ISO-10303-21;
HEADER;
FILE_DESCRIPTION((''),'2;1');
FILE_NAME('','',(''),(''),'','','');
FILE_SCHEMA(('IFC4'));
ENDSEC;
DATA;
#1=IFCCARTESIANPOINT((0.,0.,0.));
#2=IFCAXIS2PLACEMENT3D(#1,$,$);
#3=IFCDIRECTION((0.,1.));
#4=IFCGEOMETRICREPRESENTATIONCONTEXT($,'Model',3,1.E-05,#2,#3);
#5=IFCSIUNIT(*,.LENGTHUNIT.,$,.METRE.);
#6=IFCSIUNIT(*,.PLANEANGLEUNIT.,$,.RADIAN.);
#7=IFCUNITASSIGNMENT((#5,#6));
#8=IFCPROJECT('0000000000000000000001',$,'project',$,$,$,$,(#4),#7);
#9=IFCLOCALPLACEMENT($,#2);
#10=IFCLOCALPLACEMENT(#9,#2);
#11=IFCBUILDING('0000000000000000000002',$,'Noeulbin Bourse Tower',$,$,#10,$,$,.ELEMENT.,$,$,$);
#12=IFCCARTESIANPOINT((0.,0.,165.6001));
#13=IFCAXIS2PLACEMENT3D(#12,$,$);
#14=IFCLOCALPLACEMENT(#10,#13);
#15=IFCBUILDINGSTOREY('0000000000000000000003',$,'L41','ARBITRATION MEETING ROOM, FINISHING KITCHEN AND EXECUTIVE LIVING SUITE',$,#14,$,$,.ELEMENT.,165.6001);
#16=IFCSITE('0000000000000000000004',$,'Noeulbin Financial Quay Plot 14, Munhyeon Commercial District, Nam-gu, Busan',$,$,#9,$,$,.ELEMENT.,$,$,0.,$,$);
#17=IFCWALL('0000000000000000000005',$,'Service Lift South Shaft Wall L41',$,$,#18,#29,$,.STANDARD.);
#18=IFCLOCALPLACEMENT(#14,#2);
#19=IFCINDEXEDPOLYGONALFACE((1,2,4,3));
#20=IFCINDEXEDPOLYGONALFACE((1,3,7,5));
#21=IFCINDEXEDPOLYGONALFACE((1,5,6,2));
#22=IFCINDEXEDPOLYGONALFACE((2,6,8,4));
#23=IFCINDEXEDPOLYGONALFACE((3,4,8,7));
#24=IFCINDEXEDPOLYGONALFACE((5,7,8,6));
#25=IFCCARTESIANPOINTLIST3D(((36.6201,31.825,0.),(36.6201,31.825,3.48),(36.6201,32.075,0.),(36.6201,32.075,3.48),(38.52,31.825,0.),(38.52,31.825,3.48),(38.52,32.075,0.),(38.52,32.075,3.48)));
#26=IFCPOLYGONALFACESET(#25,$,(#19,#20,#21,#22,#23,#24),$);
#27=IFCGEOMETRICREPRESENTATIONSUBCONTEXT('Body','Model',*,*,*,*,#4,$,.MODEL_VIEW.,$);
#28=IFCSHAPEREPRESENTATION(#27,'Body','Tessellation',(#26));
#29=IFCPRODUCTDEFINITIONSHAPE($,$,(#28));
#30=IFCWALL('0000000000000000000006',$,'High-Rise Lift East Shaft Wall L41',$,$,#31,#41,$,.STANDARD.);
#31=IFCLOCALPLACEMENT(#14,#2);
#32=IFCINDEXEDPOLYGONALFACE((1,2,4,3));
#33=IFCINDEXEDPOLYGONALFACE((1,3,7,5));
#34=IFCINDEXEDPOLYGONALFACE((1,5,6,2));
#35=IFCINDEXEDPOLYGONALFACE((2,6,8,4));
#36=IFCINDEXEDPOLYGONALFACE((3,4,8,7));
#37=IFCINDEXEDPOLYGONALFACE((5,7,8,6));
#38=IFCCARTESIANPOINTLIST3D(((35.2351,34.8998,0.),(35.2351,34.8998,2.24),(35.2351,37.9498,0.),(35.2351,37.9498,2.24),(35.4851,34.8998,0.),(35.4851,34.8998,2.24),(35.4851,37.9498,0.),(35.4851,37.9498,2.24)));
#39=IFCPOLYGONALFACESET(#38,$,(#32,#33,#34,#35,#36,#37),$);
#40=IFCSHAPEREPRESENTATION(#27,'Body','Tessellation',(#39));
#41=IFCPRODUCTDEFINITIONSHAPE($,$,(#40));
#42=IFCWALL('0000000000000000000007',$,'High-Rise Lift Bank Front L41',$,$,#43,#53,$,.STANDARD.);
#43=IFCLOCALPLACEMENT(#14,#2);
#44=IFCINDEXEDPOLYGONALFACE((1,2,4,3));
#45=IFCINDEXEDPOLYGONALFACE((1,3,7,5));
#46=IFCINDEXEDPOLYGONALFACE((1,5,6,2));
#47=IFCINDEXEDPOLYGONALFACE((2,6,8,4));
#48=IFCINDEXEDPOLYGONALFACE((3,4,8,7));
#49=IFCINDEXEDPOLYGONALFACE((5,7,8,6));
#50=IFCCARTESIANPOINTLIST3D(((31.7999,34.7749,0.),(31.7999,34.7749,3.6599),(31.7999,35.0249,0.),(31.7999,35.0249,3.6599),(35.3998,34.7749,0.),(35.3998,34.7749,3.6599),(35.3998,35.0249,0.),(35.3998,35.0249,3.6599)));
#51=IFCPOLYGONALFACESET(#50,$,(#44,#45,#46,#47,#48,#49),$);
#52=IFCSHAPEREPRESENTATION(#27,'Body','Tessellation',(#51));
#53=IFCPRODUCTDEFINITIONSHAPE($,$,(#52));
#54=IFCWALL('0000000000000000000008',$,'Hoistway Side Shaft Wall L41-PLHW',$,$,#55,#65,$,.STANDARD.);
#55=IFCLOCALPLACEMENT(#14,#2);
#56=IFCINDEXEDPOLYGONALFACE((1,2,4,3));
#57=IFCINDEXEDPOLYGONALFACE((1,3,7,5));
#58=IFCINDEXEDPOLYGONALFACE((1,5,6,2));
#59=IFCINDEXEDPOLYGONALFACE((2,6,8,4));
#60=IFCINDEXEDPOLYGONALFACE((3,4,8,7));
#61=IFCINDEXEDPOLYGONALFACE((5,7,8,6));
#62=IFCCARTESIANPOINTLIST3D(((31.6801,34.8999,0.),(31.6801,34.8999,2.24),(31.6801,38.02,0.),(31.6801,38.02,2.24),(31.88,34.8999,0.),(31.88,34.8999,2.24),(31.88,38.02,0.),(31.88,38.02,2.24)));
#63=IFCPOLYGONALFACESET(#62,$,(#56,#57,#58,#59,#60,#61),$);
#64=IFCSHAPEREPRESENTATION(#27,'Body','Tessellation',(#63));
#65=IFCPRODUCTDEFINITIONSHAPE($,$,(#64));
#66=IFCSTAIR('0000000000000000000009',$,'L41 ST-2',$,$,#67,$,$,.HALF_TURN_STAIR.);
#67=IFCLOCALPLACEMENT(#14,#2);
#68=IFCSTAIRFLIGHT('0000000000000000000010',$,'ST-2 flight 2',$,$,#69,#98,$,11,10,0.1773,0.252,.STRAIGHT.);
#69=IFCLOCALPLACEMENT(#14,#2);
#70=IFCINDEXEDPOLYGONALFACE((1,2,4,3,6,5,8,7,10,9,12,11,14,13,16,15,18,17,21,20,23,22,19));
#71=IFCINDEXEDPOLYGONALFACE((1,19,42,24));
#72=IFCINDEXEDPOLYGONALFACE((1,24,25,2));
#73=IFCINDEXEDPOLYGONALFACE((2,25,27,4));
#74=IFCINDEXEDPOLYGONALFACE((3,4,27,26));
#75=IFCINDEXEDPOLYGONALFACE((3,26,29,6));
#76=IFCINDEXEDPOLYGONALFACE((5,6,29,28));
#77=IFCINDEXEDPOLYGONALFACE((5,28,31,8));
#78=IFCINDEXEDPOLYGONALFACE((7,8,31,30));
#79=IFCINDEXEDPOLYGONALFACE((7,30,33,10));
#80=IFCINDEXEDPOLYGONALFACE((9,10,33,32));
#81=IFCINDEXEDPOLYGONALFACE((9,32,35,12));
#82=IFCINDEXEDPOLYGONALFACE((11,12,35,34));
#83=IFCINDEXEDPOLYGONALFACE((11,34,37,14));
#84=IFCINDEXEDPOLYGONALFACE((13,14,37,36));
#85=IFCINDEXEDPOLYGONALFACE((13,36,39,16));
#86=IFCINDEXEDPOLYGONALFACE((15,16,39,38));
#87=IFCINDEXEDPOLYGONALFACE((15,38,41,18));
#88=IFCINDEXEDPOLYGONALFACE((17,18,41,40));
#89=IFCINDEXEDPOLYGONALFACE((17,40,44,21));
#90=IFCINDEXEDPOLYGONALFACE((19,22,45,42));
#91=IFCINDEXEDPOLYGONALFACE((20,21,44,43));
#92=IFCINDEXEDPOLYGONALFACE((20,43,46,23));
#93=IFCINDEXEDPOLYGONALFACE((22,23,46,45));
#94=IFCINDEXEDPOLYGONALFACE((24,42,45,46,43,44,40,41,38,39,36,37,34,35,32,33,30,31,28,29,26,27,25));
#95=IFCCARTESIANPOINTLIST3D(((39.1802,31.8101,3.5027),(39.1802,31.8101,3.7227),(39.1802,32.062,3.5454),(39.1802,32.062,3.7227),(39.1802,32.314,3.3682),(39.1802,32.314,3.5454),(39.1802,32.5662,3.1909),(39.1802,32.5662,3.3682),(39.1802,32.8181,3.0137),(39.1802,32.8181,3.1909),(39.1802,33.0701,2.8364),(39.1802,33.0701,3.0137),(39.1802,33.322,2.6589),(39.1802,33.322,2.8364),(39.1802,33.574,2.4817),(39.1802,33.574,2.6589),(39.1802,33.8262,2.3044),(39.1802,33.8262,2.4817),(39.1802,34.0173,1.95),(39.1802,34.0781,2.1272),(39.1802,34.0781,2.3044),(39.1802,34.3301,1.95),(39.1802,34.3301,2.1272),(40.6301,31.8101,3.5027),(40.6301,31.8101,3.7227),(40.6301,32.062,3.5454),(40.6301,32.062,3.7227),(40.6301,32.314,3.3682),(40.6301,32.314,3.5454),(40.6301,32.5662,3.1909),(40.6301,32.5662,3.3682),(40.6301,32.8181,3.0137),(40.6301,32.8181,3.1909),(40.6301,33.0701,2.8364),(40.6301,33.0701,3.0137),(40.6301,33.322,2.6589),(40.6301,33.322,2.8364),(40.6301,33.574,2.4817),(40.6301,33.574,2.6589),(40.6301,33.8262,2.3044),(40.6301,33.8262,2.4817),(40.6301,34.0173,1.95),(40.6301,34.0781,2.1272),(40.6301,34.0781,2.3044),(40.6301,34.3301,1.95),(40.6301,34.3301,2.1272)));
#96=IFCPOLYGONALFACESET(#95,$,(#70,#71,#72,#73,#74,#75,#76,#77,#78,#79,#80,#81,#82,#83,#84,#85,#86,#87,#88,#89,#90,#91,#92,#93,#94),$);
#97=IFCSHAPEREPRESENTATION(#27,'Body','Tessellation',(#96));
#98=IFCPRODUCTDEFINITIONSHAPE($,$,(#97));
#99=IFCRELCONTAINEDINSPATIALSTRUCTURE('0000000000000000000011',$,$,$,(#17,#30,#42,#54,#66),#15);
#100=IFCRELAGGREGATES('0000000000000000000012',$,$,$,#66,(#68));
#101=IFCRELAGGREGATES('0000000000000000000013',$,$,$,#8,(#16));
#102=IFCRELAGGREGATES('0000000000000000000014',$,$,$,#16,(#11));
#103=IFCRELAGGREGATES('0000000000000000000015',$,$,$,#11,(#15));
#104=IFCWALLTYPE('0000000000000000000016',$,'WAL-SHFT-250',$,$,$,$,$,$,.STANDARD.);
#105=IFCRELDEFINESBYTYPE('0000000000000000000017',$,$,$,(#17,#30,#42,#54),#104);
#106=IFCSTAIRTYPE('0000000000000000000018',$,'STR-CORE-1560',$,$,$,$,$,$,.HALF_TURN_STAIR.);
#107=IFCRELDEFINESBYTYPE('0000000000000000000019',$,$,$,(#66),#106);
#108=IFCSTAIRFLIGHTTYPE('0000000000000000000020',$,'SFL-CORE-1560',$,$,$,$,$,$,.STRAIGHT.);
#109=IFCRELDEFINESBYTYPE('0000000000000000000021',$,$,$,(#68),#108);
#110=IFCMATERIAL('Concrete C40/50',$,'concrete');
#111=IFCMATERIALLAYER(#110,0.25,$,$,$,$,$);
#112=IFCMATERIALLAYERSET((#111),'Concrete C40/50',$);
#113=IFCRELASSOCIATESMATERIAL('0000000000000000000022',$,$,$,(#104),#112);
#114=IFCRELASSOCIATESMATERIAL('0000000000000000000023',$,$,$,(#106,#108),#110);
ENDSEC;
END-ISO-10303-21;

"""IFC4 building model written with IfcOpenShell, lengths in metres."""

from ifc_helpers import new_model, si_unit, direction, frame, frame_2d, origin, place, context, subcontext, project, spatial, polyline, rectangle, outline, extrude, material, layer, layer_set, type_object, element, aggregate, save


model = new_model("IFC4")

# Units and contexts
model_context = context("Model", 3, precision=1e-05, world=origin(), true_north=direction((0.0, 1.0)))
body_context = subcontext(model_context, "Body", "Model", "MODEL_VIEW")
ifc_project = project(units=[si_unit("LENGTHUNIT", "METRE"), si_unit("PLANEANGLEUNIT", "RADIAN")], contexts=[model_context])

# Site, building, storey
site_placement = place(None, origin())
site = spatial("IfcSite", under=ifc_project, at=site_placement, Name="Noeulbin Financial Quay Plot 14, Munhyeon Commercial District, Nam-gu, Busan", CompositionType="ELEMENT", RefElevation=0.0)
building_placement = place(site_placement, origin())
building = spatial("IfcBuilding", under=site, at=building_placement, Name="Noeulbin Bourse Tower", CompositionType="ELEMENT")
storey_placement = place(building_placement, frame((0.0, 0.0, 165.6001)))
storey = spatial("IfcBuildingStorey", under=building, at=storey_placement, Name="L41", Description="ARBITRATION MEETING ROOM, FINISHING KITCHEN AND EXECUTIVE LIVING SUITE", CompositionType="ELEMENT", Elevation=165.6001)

# Shared definitions
ifc_material_1 = material(Name="Concrete C40/50", Category="concrete")

# Shared definitions
ifc_layer_1 = layer(ifc_material_1, 0.25)
ifc_layer_set_1 = layer_set([ifc_layer_1], Name="Concrete C40/50")
wall_type_1 = type_object("IfcWallType", Name="WAL-SHFT-250", PredefinedType="STANDARD", material=ifc_layer_set_1)

# Walls
wall_1_placement = place(storey_placement, frame((36.6201, 31.95, 0.0), z_axis=(0.0, 0.0, 1.0), x_axis=(1.0, 0.0, 0.0)))
element("IfcWall", 1, at=wall_1_placement, inside=storey, type_object=wall_type_1, Name="Service Lift South Shaft Wall L41", PredefinedType="STANDARD", context=body_context, shape_type="SweptSolid", body=[
    extrude(rectangle(XDim=1.8999, YDim=0.25, at=frame_2d((0.95, 0.0))), origin(), (0.0, 0.0, 1.0), 3.48),
])
wall_2_placement = place(storey_placement, frame((35.3601, 34.8999, 0.0), z_axis=(0.0, 0.0, 1.0), x_axis=(0.0, 1.0, 0.0)))
element("IfcWall", 2, at=wall_2_placement, inside=storey, type_object=wall_type_1, Name="High-Rise Lift East Shaft Wall L41", PredefinedType="STANDARD", context=body_context, shape_type="SweptSolid", body=[
    extrude(rectangle(XDim=3.05, YDim=0.25, at=frame_2d((1.5249, 0.0))), origin(), (0.0, 0.0, 1.0), 2.24),
])
wall_3_placement = place(storey_placement, frame((31.8, 34.8999, 0.0), z_axis=(0.0, 0.0, 1.0), x_axis=(1.0, 0.0, 0.0)))
element("IfcWall", 3, at=wall_3_placement, inside=storey, type_object=wall_type_1, Name="High-Rise Lift Bank Front L41", PredefinedType="STANDARD", context=body_context, shape_type="SweptSolid", body=[
    extrude(rectangle(XDim=3.5999, YDim=0.25, at=frame_2d((1.7998, 0.0))), origin(), (0.0, 0.0, 1.0), 3.6599),
])
wall_4_placement = place(storey_placement, frame((31.78, 34.8999, 0.0), z_axis=(0.0, 0.0, 1.0), x_axis=(0.0, 1.0, 0.0)))
element("IfcWall", 4, at=wall_4_placement, inside=storey, type_object=wall_type_1, Name="Hoistway Side Shaft Wall L41-PLHW", PredefinedType="STANDARD", context=body_context, shape_type="SweptSolid", body=[
    extrude(rectangle(XDim=3.1201, YDim=0.2, at=frame_2d((1.5601, 0.0))), origin(), (0.0, 0.0, 1.0), 2.24),
])

# Stair, stair flight
stair_type = type_object("IfcStairType", Name="STR-CORE-1560", PredefinedType="HALF_TURN_STAIR", material=ifc_material_1)
stair_placement = place(storey_placement, origin())
stair = element("IfcStair", 5, at=stair_placement, inside=storey, type_object=stair_type, Name="L41 ST-2", PredefinedType="HALF_TURN_STAIR")
stair_flight_type = type_object("IfcStairFlightType", Name="SFL-CORE-1560", PredefinedType="STRAIGHT", material=ifc_material_1)
stair_flight_placement = place(storey_placement, frame((39.905, 34.3301, 1.95), z_axis=(0.0, 0.0, 1.0), x_axis=(0.0, -1.0, 0.0)))
stair_flight = element("IfcStairFlight", 6, at=stair_flight_placement, type_object=stair_flight_type, Name="ST-2 flight 2", NumberOfRisers=11, NumberOfTreads=10, PredefinedType="STRAIGHT", RiserHeight=0.1773, TreadLength=0.252, context=body_context, shape_type="SweptSolid", body=[
    extrude(outline(polyline([(0.0, 0.0), (0.0, 0.1772), (0.252, 0.1772), (0.252, 0.3545), (0.5039, 0.3545), (0.5039, 0.5317), (0.7561, 0.5317), (0.7561, 0.709), (1.0081, 0.709), (1.0081, 0.8865), (1.26, 0.8865), (1.26, 1.0637), (1.512, 1.0637), (1.512, 1.241), (1.7639, 1.241), (1.7639, 1.4182), (2.0161, 1.4182), (2.0161, 1.5955), (2.2681, 1.5955), (2.2681, 1.7727), (2.52, 1.7727), (2.52, 1.95), (2.52, 1.5527), (0.3127, 0.0), (0.0, 0.0)])), frame((0.0, 0.7251, 0.0), z_axis=(0.0, -1.0, 0.0), x_axis=(1.0, 0.0, 0.0)), (0.0, 0.0, 1.0), 1.45),
])
aggregate(stair, [stair_flight])

save(model, "model.ifc")
